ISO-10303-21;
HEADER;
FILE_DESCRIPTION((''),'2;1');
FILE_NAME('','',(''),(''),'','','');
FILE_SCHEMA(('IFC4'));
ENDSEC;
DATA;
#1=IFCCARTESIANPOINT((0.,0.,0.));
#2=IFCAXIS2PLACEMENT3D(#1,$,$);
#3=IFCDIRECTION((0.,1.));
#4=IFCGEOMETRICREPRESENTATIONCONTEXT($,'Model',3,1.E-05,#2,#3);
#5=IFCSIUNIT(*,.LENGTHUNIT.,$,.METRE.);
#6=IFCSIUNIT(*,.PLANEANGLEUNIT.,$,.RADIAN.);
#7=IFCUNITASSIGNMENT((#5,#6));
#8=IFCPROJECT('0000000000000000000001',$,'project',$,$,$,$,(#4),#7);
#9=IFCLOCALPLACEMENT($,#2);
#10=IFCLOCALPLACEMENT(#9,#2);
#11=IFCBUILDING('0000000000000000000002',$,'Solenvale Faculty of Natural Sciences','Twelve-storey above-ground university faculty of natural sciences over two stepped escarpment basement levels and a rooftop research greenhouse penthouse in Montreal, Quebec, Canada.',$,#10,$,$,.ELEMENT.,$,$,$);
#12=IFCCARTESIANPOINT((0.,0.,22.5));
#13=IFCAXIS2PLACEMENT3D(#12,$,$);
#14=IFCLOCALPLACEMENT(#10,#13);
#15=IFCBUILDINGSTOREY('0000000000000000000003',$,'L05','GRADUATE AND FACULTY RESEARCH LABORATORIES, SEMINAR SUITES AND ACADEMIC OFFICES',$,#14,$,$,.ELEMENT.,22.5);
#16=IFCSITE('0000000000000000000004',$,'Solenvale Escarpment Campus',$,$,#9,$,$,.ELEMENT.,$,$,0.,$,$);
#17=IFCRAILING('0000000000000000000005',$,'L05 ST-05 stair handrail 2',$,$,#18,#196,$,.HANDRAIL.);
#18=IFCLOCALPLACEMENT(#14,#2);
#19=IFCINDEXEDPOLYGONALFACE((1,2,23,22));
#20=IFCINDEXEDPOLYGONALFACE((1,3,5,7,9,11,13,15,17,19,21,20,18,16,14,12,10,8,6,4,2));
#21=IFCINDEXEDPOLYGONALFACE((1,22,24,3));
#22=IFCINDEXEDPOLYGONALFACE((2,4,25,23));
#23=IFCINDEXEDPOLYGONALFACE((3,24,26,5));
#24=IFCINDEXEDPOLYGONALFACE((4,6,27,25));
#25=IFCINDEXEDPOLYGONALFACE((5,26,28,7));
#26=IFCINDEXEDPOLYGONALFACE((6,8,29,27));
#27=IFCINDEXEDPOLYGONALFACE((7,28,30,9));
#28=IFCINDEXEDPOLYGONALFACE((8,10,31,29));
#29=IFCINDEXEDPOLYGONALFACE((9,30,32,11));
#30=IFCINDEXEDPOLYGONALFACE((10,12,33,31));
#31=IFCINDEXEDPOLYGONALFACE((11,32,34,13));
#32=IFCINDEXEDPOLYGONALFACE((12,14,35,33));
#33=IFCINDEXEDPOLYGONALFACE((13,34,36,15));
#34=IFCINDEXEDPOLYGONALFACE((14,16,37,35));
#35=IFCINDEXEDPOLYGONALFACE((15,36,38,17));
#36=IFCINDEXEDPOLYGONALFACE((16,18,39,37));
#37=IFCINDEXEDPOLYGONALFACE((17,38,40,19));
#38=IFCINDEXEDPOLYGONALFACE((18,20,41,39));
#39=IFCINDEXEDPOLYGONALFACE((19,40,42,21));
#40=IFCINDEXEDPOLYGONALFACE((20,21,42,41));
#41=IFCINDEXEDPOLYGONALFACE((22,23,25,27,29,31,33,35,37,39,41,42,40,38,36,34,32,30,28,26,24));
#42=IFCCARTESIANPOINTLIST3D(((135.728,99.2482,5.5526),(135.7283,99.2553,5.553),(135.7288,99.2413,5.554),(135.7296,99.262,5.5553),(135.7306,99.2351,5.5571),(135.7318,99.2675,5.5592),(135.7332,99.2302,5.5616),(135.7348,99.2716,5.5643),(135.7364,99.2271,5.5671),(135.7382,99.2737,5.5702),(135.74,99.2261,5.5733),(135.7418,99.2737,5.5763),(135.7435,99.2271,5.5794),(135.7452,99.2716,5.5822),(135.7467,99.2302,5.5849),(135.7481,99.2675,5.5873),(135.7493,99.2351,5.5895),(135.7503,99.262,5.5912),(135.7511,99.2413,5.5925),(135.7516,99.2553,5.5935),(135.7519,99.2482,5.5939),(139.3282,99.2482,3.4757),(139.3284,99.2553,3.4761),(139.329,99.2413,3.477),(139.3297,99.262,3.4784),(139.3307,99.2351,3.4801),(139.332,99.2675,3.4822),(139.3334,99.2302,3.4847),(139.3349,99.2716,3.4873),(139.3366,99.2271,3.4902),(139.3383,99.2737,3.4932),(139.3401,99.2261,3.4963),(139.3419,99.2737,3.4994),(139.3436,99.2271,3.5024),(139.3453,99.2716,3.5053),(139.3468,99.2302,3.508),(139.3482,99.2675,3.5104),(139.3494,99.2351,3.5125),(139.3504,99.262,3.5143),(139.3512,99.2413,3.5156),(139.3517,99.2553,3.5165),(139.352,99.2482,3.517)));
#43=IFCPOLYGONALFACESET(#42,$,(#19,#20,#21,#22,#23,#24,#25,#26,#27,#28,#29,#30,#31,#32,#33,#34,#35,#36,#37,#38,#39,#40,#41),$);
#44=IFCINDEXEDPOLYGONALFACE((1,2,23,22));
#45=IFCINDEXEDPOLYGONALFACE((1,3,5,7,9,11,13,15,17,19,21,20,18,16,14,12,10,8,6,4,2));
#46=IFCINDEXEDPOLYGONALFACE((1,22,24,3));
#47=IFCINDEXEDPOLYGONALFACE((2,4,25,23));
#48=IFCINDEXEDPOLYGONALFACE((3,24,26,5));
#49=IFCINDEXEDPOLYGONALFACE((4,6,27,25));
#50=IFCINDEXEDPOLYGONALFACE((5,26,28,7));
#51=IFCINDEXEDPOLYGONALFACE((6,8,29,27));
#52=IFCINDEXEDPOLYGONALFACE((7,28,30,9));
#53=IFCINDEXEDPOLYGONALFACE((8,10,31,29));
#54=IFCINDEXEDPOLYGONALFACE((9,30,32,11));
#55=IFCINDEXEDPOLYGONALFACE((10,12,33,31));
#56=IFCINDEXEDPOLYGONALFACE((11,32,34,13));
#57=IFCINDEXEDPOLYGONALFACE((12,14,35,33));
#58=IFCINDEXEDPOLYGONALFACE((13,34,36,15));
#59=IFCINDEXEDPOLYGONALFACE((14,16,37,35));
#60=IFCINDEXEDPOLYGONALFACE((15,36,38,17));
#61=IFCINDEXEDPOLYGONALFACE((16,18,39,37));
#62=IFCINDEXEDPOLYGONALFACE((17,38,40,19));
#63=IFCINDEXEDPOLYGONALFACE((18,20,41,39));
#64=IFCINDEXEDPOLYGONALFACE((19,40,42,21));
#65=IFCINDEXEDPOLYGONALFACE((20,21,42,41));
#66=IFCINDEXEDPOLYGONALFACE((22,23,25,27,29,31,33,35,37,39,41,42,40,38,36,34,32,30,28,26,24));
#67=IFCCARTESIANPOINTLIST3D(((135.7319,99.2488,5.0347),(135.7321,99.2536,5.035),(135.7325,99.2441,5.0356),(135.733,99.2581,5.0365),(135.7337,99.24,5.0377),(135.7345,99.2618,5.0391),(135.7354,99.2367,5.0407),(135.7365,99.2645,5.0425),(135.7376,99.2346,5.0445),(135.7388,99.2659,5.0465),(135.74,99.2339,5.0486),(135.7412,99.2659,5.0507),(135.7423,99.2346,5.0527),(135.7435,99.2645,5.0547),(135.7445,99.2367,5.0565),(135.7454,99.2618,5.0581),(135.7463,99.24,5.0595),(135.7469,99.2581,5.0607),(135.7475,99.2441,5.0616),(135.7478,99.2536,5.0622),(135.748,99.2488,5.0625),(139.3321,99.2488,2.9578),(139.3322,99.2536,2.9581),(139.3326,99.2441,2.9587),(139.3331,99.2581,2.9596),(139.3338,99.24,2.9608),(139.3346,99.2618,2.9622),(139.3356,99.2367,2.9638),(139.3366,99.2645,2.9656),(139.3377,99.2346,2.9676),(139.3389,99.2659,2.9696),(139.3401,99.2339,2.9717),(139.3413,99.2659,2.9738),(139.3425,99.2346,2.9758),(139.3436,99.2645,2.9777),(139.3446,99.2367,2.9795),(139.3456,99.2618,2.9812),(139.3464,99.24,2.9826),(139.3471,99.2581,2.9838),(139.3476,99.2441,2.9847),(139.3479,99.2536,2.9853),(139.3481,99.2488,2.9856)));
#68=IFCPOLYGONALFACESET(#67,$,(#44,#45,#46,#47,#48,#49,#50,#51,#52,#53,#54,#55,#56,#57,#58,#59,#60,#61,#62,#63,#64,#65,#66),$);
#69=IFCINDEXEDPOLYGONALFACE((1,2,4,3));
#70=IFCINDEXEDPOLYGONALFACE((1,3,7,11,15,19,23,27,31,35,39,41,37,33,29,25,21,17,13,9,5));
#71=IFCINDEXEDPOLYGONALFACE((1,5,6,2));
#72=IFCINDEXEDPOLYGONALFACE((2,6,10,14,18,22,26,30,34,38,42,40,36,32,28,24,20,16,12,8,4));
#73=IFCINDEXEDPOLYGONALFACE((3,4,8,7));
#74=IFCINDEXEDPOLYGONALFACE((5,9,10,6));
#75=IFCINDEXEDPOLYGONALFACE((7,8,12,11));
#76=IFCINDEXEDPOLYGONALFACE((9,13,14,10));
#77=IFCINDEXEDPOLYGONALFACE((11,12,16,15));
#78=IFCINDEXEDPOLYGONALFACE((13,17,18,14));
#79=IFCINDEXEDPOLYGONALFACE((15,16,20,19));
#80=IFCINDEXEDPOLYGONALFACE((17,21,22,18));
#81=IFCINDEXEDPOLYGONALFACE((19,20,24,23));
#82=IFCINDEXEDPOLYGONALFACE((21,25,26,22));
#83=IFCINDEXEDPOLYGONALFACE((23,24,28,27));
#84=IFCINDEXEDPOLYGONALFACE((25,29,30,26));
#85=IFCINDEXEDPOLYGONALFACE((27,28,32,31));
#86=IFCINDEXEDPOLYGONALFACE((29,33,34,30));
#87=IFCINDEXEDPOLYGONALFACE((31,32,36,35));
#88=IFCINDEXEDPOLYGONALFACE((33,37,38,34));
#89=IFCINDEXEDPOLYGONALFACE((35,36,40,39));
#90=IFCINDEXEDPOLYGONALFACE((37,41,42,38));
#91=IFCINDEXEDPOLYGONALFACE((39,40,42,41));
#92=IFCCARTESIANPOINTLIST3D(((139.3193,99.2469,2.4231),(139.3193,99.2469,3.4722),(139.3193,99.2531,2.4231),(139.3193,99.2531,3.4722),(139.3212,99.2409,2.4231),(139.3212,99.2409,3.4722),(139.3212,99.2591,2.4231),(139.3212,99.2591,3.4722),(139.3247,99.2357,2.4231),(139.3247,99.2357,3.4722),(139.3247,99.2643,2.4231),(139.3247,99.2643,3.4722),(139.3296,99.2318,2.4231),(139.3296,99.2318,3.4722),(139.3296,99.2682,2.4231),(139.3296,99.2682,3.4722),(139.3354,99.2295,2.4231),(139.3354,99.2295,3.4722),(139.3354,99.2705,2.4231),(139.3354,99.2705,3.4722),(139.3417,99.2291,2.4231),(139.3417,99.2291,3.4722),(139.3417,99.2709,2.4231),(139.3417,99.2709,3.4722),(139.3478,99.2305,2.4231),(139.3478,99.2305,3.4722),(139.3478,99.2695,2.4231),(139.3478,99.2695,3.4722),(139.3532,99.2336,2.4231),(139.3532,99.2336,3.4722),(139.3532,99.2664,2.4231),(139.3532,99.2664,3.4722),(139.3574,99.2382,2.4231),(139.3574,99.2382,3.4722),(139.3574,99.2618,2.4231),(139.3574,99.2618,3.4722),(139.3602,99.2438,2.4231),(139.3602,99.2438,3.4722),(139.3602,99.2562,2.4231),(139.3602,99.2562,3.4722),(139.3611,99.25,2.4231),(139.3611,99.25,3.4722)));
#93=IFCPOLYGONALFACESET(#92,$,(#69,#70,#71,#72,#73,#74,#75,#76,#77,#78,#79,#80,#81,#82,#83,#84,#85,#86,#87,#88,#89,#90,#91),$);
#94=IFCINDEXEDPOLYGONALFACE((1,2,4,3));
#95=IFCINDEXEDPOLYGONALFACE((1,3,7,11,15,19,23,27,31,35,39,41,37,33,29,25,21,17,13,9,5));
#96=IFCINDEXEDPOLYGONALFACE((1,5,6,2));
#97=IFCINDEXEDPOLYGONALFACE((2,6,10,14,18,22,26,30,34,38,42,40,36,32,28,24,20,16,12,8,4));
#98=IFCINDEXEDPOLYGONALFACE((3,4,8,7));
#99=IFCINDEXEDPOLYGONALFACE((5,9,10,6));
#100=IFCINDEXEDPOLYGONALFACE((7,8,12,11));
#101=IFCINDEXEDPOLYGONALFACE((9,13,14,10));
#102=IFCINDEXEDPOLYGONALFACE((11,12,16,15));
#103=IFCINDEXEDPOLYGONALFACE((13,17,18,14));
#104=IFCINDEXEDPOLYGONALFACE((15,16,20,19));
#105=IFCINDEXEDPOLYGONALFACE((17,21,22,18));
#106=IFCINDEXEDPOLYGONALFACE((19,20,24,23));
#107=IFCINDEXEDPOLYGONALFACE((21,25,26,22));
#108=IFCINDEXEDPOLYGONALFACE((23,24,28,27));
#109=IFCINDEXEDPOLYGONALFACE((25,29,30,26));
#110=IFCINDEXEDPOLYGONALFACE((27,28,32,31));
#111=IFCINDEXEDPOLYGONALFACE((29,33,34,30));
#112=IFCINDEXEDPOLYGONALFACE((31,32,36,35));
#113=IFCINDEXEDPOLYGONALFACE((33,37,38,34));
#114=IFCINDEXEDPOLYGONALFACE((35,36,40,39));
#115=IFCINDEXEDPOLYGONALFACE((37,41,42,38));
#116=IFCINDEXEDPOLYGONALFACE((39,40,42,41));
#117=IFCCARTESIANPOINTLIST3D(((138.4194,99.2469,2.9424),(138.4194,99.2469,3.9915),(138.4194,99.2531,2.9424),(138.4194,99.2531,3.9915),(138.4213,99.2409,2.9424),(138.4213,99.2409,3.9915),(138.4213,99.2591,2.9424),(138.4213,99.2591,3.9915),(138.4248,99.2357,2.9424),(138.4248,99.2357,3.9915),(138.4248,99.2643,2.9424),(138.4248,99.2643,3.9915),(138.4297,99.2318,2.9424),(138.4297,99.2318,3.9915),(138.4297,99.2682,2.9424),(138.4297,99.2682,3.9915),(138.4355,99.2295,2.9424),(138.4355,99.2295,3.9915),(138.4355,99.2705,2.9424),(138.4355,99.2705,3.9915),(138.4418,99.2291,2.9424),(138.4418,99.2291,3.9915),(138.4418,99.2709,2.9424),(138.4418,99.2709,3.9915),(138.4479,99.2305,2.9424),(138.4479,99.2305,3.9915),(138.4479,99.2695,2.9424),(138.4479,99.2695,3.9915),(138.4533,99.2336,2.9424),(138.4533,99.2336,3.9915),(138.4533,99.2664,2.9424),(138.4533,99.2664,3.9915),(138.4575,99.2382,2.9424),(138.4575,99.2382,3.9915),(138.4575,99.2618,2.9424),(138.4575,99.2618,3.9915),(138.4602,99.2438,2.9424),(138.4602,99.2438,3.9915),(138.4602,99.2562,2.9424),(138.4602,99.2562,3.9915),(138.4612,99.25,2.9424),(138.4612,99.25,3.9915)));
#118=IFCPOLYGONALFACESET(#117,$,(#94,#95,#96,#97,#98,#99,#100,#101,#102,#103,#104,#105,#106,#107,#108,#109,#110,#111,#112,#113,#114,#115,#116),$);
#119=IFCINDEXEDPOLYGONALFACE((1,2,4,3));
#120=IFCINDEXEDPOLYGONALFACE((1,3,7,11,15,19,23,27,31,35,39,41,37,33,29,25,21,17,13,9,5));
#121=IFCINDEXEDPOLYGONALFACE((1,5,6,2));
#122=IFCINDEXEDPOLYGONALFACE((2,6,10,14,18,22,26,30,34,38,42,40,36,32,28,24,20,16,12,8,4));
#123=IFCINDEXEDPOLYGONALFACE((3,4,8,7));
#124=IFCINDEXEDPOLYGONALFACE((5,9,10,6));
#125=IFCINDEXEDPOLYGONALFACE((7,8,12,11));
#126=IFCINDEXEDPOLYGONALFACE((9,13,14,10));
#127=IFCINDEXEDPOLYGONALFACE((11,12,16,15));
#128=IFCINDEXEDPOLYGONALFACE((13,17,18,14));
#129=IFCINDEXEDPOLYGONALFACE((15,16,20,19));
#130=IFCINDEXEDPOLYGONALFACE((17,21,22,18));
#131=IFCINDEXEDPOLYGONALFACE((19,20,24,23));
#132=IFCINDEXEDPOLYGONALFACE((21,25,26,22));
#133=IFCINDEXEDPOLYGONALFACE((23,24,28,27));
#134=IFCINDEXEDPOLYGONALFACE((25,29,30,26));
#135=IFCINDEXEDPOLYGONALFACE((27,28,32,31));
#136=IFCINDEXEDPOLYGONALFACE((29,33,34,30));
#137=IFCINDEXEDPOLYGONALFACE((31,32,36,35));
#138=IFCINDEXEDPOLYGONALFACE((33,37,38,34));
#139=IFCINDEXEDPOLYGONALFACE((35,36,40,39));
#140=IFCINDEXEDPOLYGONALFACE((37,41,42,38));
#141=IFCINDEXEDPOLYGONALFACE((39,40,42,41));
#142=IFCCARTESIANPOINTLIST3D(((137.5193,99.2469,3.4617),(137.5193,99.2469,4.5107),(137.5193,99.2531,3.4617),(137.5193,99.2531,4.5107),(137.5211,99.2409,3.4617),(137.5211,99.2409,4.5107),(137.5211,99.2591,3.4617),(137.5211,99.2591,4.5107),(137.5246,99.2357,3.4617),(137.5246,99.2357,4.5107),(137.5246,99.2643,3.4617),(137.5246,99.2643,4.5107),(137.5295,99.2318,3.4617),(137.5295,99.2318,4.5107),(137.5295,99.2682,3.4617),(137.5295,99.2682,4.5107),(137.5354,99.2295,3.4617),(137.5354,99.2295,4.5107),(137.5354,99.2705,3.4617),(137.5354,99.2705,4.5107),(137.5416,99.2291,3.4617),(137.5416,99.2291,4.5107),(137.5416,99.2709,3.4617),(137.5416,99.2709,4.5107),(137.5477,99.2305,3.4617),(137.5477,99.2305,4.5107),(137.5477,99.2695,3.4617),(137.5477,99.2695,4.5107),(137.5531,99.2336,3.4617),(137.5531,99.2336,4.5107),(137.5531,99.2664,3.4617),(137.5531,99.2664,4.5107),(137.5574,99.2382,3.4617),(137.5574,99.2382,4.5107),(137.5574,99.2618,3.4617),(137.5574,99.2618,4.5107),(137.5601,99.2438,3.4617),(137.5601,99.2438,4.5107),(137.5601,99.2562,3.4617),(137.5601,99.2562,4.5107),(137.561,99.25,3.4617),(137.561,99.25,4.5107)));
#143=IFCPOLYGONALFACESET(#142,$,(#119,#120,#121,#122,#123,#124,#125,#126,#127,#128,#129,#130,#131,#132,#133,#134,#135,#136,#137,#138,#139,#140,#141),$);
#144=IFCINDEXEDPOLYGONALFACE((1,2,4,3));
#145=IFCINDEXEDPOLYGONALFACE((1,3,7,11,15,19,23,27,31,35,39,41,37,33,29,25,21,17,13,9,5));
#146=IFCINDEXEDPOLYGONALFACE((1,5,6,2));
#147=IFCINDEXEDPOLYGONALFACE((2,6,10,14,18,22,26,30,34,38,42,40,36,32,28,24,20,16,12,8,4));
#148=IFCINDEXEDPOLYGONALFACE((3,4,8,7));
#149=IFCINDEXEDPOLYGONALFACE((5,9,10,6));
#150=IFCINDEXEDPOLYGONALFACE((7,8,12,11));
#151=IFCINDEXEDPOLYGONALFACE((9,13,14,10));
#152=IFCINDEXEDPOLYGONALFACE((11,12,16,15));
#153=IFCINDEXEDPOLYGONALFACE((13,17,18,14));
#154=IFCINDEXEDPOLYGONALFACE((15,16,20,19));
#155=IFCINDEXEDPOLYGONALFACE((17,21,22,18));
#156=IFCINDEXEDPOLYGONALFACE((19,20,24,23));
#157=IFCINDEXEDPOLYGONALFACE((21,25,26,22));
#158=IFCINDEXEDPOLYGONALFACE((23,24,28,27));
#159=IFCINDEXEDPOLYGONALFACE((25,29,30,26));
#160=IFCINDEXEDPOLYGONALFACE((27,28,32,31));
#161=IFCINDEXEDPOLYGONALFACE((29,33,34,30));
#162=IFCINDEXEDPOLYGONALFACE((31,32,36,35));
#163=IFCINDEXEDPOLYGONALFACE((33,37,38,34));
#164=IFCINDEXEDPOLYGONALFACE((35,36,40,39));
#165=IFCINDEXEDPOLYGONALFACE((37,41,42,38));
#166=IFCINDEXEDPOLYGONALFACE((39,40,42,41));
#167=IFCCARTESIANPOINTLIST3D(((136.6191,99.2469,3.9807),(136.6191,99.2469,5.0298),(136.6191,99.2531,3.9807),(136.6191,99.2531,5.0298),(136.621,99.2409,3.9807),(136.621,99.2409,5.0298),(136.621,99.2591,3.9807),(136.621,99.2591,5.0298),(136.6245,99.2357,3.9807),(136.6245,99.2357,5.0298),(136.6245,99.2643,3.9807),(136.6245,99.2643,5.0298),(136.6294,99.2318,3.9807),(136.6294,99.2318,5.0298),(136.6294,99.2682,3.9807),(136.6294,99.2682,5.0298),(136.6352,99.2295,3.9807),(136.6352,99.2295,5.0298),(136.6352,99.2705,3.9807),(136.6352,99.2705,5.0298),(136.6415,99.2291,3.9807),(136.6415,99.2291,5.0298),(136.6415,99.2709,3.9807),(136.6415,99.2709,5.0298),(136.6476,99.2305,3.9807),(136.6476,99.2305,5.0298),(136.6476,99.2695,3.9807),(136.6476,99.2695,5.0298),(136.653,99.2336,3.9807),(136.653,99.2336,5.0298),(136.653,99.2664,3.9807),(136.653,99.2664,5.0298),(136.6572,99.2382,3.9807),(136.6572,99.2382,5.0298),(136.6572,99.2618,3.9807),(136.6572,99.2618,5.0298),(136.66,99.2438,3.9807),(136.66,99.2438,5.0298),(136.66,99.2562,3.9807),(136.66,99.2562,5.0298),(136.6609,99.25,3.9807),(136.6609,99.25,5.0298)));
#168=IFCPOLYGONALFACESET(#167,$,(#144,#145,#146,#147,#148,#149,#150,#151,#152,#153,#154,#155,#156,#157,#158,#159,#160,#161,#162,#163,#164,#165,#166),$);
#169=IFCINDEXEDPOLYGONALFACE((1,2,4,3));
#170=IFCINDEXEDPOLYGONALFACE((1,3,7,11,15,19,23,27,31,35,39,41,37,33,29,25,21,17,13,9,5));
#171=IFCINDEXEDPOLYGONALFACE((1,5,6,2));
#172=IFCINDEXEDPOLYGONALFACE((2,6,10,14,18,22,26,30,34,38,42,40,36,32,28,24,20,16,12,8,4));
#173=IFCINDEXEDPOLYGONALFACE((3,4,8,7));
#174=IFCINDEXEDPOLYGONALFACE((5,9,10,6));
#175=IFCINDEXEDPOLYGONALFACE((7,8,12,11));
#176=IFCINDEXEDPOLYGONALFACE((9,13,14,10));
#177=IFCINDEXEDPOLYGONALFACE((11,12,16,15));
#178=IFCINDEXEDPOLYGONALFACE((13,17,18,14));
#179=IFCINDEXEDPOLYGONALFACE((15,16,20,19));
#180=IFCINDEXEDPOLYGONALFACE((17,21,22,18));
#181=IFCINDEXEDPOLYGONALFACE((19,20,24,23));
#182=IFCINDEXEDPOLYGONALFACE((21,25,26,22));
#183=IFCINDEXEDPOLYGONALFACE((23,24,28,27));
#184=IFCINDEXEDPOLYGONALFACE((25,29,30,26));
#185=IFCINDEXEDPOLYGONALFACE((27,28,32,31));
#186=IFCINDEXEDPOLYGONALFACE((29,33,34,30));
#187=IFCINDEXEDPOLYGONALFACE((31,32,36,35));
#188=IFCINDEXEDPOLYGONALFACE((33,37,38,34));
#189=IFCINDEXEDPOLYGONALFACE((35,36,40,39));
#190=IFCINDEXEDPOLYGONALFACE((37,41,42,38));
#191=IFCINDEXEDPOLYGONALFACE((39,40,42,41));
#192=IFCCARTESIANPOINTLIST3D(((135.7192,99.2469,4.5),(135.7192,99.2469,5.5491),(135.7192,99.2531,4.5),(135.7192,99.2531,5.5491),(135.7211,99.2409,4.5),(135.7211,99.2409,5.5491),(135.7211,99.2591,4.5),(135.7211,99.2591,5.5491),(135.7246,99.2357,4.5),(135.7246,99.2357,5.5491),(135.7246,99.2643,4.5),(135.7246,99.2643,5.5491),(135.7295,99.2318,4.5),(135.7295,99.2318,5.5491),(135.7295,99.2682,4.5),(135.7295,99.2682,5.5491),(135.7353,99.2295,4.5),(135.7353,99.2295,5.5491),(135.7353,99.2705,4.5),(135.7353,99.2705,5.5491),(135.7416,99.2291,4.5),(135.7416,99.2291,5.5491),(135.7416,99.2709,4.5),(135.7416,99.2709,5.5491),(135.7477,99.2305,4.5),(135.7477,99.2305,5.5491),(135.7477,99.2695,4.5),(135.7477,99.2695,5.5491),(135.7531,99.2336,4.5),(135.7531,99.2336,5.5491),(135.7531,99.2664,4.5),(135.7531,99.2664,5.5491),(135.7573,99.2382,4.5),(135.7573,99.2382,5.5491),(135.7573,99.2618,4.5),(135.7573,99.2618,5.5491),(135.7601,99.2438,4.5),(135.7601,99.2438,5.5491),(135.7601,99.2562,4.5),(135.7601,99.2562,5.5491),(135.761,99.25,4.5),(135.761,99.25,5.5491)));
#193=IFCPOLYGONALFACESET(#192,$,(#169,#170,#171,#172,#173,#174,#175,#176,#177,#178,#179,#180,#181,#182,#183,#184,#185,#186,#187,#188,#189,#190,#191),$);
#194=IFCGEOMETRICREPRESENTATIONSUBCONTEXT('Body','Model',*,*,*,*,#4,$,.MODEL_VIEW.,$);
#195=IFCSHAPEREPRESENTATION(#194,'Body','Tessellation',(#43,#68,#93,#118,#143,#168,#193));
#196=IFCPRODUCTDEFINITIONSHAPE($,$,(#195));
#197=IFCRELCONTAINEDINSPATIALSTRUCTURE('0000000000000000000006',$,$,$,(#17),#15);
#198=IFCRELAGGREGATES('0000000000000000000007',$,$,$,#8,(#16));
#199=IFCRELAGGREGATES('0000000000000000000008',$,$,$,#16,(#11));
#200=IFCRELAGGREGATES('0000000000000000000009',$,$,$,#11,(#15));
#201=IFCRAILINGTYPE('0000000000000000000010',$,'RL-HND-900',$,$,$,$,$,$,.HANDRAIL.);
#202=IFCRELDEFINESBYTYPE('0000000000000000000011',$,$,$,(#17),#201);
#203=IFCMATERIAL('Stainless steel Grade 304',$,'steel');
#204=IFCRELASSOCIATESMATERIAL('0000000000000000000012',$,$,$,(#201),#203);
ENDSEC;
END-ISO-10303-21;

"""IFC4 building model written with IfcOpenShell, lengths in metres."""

from ifc_helpers import new_model, si_unit, direction, frame, origin, origin_2d, place, context, subcontext, project, spatial, circle, extrude, material, type_object, element, save


model = new_model("IFC4")

# Units and contexts
model_context = context("Model", 3, precision=1e-05, world=origin(), true_north=direction((0.0, 1.0)))
body_context = subcontext(model_context, "Body", "Model", "MODEL_VIEW")
ifc_project = project(units=[si_unit("LENGTHUNIT", "METRE"), si_unit("PLANEANGLEUNIT", "RADIAN")], contexts=[model_context])

# Site, building, storey
site_placement = place(None, origin())
site = spatial("IfcSite", under=ifc_project, at=site_placement, Name="Solenvale Escarpment Campus", CompositionType="ELEMENT", RefElevation=0.0)
building_placement = place(site_placement, origin())
building = spatial("IfcBuilding", under=site, at=building_placement, Name="Solenvale Faculty of Natural Sciences", Description="Twelve-storey above-ground university faculty of natural sciences over two stepped escarpment basement levels and a rooftop research greenhouse penthouse in Montreal, Quebec, Canada.", CompositionType="ELEMENT")
storey_placement = place(building_placement, frame((0.0, 0.0, 22.5)))
storey = spatial("IfcBuildingStorey", under=building, at=storey_placement, Name="L05", Description="GRADUATE AND FACULTY RESEARCH LABORATORIES, SEMINAR SUITES AND ACADEMIC OFFICES", CompositionType="ELEMENT", Elevation=22.5)

# Shared definitions
ifc_material_1 = material(Name="Stainless steel Grade 304", Category="steel")

# Railing
railing_type = type_object("IfcRailingType", Name="RL-HND-900", PredefinedType="HANDRAIL", material=ifc_material_1)
railing_placement = place(storey_placement, frame((139.3401, 99.25, 2.4231)))
element("IfcRailing", 1, at=railing_placement, inside=storey, type_object=railing_type, Name="L05 ST-05 stair handrail 2", PredefinedType="HANDRAIL", context=body_context, shape_type="SweptSolid", body=[
    extrude(circle(Radius=0.0239, at=origin_2d()), frame((0.0, 0.0, 1.0732), z_axis=(-0.866193, 0.0, 0.499709), x_axis=(0.0, -1.0, 0.0)), (0.0, 0.0, 1.0), 4.1562),
    extrude(circle(Radius=0.0161, at=origin_2d()), frame((0.0, 0.0, 0.5486), z_axis=(-0.866193, 0.0, 0.499709), x_axis=(0.0, -1.0, 0.0)), (0.0, 0.0, 1.0), 4.1562),
    extrude(circle(Radius=0.021, at=origin_2d()), origin(), (0.0, 0.0, 1.0), 1.0491),
    extrude(circle(Radius=0.021, at=origin_2d()), frame((-0.8999, 0.0, 0.5193)), (0.0, 0.0, 1.0), 1.0491),
    extrude(circle(Radius=0.021, at=origin_2d()), frame((-1.8, 0.0, 1.0386)), (0.0, 0.0, 1.0), 1.0491),
    extrude(circle(Radius=0.021, at=origin_2d()), frame((-2.7002, 0.0, 1.5576)), (0.0, 0.0, 1.0), 1.0491),
    extrude(circle(Radius=0.021, at=origin_2d()), frame((-3.6001, 0.0, 2.0769)), (0.0, 0.0, 1.0), 1.0491),
])

save(model, "model.ifc")
